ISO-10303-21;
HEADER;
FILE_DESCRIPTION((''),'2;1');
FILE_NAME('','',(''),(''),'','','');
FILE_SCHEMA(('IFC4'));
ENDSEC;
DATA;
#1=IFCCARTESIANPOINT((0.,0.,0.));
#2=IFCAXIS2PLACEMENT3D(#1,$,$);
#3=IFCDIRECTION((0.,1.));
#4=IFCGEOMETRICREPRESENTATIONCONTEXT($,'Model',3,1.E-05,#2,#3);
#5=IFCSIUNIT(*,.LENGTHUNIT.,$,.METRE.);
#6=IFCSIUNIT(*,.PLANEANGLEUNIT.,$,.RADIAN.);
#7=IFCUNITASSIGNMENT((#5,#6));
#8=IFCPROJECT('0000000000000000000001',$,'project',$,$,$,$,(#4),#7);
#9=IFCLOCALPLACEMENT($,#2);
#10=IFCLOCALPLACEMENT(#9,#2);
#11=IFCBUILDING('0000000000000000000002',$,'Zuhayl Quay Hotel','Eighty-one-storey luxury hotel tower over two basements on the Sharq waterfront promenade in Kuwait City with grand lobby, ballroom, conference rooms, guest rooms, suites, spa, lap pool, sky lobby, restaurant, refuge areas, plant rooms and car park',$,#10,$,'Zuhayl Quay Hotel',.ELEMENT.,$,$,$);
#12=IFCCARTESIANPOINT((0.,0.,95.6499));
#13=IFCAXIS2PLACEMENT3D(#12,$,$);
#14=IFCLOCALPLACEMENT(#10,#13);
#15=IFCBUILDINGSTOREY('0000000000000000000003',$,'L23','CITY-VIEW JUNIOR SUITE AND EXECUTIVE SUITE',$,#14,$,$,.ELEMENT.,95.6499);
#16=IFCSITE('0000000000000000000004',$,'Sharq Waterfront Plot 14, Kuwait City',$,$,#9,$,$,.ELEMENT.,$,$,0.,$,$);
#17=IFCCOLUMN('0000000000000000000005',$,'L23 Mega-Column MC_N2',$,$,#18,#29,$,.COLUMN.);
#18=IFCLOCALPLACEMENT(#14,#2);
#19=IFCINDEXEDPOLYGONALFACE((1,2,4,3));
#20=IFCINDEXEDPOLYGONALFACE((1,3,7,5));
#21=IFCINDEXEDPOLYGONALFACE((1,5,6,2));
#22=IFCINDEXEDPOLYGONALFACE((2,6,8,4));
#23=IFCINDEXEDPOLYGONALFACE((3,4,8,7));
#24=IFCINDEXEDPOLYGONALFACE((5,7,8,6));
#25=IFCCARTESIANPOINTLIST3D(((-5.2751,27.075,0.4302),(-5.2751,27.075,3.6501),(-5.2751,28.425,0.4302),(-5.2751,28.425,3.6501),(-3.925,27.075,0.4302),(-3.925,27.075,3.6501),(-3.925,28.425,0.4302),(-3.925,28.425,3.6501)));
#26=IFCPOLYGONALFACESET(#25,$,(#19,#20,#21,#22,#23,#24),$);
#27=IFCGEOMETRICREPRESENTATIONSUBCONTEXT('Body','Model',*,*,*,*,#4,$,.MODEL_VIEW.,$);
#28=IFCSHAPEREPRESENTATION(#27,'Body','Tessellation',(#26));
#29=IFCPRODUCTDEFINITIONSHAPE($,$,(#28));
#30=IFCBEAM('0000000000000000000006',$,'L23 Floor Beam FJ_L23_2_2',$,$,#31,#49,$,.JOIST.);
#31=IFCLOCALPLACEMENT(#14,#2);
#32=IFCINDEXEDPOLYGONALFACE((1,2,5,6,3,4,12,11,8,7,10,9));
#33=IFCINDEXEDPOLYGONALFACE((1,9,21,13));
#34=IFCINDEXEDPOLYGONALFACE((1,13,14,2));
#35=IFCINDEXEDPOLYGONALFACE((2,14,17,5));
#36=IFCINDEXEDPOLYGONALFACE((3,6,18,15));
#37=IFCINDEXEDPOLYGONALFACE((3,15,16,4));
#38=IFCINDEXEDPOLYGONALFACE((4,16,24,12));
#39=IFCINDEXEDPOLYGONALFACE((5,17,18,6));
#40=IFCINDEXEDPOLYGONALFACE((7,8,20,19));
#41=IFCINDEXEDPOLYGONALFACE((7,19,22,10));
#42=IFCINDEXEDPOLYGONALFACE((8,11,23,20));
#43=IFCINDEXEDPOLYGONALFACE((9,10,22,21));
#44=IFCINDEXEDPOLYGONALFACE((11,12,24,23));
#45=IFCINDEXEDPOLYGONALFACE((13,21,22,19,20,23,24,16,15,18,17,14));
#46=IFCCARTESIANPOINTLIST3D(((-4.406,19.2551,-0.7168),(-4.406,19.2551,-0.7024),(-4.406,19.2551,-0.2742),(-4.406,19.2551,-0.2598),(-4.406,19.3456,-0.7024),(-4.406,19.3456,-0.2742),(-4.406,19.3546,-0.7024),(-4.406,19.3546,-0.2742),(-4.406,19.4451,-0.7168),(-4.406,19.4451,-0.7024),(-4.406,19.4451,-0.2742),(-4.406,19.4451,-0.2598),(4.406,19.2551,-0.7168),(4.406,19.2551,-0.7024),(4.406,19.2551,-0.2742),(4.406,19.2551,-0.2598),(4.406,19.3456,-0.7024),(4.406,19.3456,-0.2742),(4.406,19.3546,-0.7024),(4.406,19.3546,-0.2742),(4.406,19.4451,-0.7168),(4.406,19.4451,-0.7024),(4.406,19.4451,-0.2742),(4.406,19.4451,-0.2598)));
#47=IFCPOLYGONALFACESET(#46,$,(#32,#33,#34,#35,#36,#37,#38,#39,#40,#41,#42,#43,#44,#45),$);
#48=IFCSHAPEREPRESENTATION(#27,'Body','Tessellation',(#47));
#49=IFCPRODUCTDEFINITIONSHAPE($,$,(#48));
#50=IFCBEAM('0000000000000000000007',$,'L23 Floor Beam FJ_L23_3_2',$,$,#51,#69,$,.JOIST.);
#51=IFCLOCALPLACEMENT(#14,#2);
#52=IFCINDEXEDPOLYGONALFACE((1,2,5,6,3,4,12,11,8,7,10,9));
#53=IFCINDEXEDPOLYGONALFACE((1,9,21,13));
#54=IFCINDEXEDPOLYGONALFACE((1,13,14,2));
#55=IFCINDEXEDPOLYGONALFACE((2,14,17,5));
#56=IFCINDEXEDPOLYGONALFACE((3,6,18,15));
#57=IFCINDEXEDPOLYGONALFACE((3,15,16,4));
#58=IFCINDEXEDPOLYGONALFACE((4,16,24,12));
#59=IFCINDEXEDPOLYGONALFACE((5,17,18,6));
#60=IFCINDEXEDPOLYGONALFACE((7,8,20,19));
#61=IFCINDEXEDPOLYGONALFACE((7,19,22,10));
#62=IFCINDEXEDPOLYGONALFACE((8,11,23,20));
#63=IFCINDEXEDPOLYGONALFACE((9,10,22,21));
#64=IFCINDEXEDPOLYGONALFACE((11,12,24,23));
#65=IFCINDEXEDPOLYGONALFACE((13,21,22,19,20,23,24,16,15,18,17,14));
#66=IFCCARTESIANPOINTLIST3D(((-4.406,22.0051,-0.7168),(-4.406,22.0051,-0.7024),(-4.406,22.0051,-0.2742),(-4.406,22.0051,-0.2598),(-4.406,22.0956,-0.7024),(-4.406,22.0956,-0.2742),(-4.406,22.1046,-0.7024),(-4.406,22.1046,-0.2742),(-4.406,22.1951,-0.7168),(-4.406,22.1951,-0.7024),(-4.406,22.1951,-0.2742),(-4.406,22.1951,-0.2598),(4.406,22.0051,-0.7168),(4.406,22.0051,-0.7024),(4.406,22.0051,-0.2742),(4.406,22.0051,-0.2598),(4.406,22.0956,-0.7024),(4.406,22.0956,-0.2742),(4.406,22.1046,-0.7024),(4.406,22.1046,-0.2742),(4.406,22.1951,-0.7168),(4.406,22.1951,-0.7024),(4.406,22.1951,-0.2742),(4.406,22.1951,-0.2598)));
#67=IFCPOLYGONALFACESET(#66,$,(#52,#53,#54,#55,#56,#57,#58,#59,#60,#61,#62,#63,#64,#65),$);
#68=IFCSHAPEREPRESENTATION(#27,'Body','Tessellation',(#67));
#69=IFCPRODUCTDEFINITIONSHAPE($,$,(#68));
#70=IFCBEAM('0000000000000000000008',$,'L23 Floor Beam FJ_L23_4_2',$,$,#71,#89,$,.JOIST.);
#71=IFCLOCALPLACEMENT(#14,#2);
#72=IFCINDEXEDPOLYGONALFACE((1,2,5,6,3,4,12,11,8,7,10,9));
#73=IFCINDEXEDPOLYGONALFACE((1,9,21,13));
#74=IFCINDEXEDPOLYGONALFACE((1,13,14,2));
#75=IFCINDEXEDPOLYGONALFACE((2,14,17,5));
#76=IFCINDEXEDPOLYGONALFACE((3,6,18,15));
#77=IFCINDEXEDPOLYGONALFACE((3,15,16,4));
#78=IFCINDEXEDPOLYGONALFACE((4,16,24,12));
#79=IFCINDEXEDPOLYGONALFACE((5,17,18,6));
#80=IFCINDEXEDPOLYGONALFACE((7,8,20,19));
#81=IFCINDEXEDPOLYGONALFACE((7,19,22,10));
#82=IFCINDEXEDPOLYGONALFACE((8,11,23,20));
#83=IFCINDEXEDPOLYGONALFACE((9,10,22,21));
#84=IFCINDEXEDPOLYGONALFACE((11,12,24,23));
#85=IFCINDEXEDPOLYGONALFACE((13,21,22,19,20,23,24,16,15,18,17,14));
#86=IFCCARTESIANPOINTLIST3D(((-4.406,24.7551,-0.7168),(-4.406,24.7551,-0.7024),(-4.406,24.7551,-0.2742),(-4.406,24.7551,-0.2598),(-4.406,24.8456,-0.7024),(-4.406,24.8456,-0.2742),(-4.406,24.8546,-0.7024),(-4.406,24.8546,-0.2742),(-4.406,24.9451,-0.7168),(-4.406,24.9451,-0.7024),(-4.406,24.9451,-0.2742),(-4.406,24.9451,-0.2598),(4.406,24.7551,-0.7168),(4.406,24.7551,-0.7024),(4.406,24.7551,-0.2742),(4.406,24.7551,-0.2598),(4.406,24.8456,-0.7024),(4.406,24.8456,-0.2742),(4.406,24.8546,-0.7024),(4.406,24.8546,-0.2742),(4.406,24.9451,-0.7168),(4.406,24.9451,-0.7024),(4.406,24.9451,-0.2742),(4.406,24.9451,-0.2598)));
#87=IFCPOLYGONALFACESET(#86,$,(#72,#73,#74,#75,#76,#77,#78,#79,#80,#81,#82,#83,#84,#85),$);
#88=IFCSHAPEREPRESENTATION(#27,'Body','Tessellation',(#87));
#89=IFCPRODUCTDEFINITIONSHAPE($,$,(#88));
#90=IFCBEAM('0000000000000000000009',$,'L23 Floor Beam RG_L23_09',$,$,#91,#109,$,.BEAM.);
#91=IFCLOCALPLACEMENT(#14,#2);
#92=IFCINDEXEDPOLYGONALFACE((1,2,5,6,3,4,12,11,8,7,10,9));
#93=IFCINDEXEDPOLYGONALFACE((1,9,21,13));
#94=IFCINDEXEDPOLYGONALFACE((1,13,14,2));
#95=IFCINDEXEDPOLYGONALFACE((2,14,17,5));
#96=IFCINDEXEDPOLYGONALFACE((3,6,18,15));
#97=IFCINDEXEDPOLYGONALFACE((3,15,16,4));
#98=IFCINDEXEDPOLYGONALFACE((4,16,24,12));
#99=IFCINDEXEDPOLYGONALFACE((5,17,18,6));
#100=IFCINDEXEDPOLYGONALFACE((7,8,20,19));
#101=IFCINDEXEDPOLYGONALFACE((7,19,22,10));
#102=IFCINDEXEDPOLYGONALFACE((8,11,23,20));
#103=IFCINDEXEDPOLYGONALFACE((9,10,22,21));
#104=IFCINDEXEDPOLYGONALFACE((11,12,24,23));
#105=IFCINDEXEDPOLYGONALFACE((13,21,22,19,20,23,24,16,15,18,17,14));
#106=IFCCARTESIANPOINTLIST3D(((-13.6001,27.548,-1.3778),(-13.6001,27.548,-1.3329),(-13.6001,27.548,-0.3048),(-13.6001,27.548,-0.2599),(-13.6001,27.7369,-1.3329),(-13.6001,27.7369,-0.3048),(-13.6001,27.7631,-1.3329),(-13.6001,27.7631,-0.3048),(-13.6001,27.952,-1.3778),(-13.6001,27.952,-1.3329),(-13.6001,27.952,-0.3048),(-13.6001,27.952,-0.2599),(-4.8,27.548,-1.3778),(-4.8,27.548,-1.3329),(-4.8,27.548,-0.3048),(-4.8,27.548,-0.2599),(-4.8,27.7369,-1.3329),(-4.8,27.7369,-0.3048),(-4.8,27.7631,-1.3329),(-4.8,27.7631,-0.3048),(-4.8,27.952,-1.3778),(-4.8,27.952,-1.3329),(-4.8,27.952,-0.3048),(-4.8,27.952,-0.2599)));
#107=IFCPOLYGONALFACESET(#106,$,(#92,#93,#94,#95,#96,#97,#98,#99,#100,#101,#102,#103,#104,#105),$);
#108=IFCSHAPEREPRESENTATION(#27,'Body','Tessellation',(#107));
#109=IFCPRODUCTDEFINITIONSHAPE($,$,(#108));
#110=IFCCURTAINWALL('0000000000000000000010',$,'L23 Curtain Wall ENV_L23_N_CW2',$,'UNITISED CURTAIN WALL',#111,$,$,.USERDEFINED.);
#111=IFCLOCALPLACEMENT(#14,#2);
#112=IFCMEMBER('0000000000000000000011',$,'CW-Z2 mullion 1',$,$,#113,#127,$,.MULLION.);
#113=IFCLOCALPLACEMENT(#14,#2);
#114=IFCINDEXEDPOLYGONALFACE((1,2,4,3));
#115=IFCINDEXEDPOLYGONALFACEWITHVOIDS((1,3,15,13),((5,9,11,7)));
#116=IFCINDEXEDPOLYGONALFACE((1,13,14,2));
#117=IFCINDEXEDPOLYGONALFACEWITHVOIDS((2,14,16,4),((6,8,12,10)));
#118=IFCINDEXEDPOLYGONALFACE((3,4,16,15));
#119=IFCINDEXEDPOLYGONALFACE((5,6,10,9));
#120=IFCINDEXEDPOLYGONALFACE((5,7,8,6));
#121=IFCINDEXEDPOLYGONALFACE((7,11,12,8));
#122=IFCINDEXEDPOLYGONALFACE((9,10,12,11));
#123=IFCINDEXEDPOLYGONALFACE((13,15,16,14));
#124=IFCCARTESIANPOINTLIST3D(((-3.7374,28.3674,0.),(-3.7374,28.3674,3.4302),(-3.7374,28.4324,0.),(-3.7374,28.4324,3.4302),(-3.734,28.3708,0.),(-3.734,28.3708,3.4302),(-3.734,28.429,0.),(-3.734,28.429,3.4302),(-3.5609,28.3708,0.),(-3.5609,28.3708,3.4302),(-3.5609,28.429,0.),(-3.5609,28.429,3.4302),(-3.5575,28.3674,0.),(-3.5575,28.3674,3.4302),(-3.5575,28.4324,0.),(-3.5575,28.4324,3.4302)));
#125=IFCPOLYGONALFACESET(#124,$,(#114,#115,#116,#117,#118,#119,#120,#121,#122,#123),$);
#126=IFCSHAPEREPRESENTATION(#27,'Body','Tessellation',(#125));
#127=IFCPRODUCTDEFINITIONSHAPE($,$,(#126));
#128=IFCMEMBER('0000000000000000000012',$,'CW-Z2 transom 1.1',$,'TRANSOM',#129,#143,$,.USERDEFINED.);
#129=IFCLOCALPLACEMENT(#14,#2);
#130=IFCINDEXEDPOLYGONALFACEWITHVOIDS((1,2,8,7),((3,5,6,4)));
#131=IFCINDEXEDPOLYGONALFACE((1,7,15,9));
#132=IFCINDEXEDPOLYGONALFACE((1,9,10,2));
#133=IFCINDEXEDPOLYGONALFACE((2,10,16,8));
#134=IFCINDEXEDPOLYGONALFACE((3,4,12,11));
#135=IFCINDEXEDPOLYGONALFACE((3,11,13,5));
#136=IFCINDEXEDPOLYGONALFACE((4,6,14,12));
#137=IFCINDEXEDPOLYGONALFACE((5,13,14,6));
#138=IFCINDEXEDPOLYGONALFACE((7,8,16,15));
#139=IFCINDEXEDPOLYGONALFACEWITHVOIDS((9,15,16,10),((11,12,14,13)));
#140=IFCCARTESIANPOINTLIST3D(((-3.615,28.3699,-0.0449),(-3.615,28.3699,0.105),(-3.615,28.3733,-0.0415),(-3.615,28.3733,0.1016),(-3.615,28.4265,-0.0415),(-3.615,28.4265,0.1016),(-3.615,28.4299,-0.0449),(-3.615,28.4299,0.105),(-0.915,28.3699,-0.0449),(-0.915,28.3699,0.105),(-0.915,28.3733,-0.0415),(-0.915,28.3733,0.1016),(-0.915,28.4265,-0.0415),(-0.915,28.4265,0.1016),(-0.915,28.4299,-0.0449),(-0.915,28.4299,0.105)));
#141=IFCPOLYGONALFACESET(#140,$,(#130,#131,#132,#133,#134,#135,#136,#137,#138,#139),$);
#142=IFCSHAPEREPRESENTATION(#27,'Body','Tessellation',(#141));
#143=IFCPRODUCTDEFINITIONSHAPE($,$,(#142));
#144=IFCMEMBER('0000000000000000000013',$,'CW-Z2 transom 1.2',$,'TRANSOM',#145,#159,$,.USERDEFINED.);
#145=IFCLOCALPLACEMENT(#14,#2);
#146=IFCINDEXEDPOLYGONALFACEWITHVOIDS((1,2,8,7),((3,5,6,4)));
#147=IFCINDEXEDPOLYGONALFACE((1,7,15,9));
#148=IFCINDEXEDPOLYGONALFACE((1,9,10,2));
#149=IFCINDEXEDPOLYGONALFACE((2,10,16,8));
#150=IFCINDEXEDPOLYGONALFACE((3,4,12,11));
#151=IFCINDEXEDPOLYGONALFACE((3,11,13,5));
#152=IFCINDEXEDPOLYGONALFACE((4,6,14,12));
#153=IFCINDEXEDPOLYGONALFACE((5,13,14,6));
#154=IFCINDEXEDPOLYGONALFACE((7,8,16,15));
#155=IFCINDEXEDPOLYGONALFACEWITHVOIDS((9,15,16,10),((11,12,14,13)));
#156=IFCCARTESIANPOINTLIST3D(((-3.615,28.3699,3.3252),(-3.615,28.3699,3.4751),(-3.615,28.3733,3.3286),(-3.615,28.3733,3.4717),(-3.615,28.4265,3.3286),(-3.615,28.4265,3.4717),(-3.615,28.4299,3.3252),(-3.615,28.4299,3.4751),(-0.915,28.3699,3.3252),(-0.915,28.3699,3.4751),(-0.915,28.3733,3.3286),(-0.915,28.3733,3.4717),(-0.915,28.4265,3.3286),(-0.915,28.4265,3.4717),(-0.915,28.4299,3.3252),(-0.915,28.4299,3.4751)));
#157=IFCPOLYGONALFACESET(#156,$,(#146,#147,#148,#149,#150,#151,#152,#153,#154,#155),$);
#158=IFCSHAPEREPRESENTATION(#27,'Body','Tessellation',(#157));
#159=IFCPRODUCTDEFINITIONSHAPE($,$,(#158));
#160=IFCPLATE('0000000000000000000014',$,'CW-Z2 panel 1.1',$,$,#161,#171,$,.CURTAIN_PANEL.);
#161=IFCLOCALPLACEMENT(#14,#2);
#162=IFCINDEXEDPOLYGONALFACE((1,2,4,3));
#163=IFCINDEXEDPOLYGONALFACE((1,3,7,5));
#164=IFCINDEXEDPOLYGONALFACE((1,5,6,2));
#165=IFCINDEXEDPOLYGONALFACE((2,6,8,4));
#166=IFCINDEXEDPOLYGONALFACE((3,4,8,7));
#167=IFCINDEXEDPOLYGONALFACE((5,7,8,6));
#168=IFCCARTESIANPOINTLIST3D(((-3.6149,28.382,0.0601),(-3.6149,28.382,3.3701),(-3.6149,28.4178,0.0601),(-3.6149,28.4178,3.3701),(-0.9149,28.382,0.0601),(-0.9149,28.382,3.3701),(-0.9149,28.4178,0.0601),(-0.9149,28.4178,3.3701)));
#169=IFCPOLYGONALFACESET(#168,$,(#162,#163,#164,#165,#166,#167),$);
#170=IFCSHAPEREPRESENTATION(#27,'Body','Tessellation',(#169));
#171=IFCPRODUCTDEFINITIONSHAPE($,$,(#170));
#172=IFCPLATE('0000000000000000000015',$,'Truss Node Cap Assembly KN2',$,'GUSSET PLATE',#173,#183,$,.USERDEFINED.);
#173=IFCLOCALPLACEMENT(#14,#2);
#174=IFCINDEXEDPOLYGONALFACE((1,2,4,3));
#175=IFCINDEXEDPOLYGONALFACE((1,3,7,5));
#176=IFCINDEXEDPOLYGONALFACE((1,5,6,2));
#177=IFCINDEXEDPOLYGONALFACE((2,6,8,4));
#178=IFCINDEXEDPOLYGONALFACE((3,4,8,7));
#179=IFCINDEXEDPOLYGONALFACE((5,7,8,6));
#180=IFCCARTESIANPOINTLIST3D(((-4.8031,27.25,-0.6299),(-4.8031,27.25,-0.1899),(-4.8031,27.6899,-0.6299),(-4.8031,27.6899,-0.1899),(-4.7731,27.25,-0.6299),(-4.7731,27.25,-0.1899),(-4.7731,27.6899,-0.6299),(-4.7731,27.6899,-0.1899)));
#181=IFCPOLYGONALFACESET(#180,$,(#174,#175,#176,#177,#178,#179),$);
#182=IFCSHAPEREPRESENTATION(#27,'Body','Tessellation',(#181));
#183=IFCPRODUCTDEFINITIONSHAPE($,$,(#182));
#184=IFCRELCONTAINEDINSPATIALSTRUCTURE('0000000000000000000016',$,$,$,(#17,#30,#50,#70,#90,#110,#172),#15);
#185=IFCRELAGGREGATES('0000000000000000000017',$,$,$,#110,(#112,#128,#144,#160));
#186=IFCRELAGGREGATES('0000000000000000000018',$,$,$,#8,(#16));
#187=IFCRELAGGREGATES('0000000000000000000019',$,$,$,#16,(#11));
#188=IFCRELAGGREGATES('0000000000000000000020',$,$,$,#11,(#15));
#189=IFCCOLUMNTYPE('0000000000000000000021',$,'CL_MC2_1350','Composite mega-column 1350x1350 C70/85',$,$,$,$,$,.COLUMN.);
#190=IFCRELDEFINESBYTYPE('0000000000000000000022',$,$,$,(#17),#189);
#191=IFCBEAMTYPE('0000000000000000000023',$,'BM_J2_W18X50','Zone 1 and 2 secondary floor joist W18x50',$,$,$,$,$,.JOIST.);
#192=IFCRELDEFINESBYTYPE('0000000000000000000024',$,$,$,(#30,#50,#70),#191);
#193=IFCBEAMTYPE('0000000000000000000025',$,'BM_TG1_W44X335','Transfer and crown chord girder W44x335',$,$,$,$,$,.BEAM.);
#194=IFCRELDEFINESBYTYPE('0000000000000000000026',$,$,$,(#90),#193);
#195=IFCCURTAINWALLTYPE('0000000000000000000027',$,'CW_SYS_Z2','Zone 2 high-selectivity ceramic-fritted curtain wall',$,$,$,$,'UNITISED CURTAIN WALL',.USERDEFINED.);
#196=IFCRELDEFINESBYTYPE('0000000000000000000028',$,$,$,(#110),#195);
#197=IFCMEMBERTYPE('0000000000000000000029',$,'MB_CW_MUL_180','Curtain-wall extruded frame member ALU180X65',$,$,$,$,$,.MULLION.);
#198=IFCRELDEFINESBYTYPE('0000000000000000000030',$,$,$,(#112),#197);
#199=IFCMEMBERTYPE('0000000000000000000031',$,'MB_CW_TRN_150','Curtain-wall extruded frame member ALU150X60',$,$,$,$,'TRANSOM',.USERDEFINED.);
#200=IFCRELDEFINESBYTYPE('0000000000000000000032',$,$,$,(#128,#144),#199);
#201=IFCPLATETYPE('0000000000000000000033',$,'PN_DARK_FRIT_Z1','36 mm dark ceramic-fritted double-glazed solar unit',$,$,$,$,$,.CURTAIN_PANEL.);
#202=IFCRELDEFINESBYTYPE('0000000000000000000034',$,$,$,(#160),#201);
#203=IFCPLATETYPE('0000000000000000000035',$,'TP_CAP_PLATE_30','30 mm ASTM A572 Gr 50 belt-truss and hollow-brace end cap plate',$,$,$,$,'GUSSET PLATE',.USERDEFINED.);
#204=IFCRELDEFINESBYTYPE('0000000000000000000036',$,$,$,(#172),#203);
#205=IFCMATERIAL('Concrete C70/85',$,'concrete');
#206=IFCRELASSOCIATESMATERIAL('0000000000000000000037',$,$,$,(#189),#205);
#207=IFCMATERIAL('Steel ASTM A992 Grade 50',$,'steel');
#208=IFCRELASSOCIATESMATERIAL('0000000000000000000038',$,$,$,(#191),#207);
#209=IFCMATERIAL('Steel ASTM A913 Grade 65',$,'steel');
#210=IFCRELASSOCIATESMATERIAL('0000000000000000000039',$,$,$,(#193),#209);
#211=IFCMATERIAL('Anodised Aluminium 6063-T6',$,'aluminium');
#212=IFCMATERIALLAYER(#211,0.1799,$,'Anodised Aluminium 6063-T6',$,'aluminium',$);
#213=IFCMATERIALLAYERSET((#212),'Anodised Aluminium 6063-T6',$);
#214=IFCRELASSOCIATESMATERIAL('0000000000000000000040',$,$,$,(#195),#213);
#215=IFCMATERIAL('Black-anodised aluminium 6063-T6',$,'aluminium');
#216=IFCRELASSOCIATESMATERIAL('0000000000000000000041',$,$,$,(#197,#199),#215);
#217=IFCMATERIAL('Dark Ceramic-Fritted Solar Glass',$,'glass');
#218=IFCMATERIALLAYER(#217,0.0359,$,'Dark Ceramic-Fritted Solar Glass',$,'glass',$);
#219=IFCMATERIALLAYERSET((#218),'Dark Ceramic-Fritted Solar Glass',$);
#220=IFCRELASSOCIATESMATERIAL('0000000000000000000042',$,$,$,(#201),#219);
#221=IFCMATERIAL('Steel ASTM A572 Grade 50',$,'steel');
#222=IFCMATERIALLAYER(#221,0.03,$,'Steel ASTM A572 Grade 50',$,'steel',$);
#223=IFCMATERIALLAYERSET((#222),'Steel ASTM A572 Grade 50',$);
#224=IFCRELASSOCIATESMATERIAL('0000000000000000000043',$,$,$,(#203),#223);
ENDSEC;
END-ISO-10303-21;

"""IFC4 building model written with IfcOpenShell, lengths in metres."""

from ifc_helpers import new_model, si_unit, direction, frame, origin, origin_2d, place, context, subcontext, project, spatial, rectangle, hollow_rectangle, i_section, extrude, material, layer, layer_set, material_profile, profile_set, type_object, element, aggregate, save


model = new_model("IFC4")

# Units and contexts
model_context = context("Model", 3, precision=1e-05, world=origin(), true_north=direction((0.0, 1.0)))
body_context = subcontext(model_context, "Body", "Model", "MODEL_VIEW")
ifc_project = project(units=[si_unit("LENGTHUNIT", "METRE"), si_unit("PLANEANGLEUNIT", "RADIAN")], contexts=[model_context])

# Site, building, storey
site_placement = place(None, origin())
site = spatial("IfcSite", under=ifc_project, at=site_placement, Name="Sharq Waterfront Plot 14, Kuwait City", CompositionType="ELEMENT", RefElevation=0.0)
building_placement = place(site_placement, origin())
building = spatial("IfcBuilding", under=site, at=building_placement, Name="Zuhayl Quay Hotel", Description="Eighty-one-storey luxury hotel tower over two basements on the Sharq waterfront promenade in Kuwait City with grand lobby, ballroom, conference rooms, guest rooms, suites, spa, lap pool, sky lobby, restaurant, refuge areas, plant rooms and car park", LongName="Zuhayl Quay Hotel", CompositionType="ELEMENT")
storey_placement = place(building_placement, frame((0.0, 0.0, 95.6499)))
storey = spatial("IfcBuildingStorey", under=building, at=storey_placement, Name="L23", Description="CITY-VIEW JUNIOR SUITE AND EXECUTIVE SUITE", CompositionType="ELEMENT", Elevation=95.6499)

# Column
ifc_material_1 = material(Name="Concrete C70/85", Category="concrete")
ifc_material_profile_1 = material_profile(ifc_material_1, rectangle(XDim=1.3501, YDim=1.3501, at=origin_2d()), Name="RC1350X1350")
ifc_profile_set_1 = profile_set([ifc_material_profile_1], Name="Concrete C70/85")
column_type = type_object("IfcColumnType", Name="CL_MC2_1350", Description="Composite mega-column 1350x1350 C70/85", PredefinedType="COLUMN", material=ifc_profile_set_1)
column_placement = place(storey_placement, frame((-4.6001, 27.75, 0.4302), z_axis=(0.0, 0.0, 1.0), x_axis=(1.0, 0.0, 0.0)))
element("IfcColumn", 1, at=column_placement, inside=storey, type_object=column_type, Name="L23 Mega-Column MC_N2", PredefinedType="COLUMN", context=body_context, shape_type="SweptSolid", body=[
    extrude(rectangle(XDim=1.3501, YDim=1.3501, at=origin_2d()), origin(), (0.0, 0.0, 1.0), 3.22),
])

# Beams
ifc_material_2 = material(Name="Steel ASTM A992 Grade 50", Category="steel")
ifc_material_profile_2 = material_profile(ifc_material_2, i_section(OverallWidth=0.1899, OverallDepth=0.457, WebThickness=0.009, FlangeThickness=0.0144, at=origin_2d()), Name="W18X50")
ifc_profile_set_2 = profile_set([ifc_material_profile_2], Name="Steel ASTM A992 Grade 50")
beam_type_1 = type_object("IfcBeamType", Name="BM_J2_W18X50", Description="Zone 1 and 2 secondary floor joist W18x50", PredefinedType="JOIST", material=ifc_profile_set_2)
for number, where, z_axis, x_axis, name in (
    (2, (-4.406, 19.3501, -0.4883), (1.0, 0.0, 0.0), (0.0, 1.0, 0.0), "L23 Floor Beam FJ_L23_2_2"),
    (3, (-4.406, 22.1001, -0.4883), (1.0, 0.0, 0.0), (0.0, 1.0, 0.0), "L23 Floor Beam FJ_L23_3_2"),
    (4, (-4.406, 24.8501, -0.4883), (1.0, 0.0, 0.0), (0.0, 1.0, 0.0), "L23 Floor Beam FJ_L23_4_2"),
):
    element("IfcBeam", number, at=place(storey_placement, frame(where, z_axis=z_axis, x_axis=x_axis)), inside=storey, type_object=beam_type_1, Name=name, PredefinedType="JOIST", context=body_context, shape_type="SweptSolid", body=[
        extrude(i_section(OverallWidth=0.1899, OverallDepth=0.457, WebThickness=0.009, FlangeThickness=0.0144, at=origin_2d()), origin(), (0.0, 0.0, 1.0), 8.812),
    ])
ifc_material_3 = material(Name="Steel ASTM A913 Grade 65", Category="steel")
ifc_material_profile_3 = material_profile(ifc_material_3, i_section(OverallWidth=0.4041, OverallDepth=1.1179, WebThickness=0.0261, FlangeThickness=0.0449, at=origin_2d()), Name="W44X335")
ifc_profile_set_3 = profile_set([ifc_material_profile_3], Name="Steel ASTM A913 Grade 65")
beam_type_2 = type_object("IfcBeamType", Name="BM_TG1_W44X335", Description="Transfer and crown chord girder W44x335", PredefinedType="BEAM", material=ifc_profile_set_3)
beam_placement = place(storey_placement, frame((-4.8, 27.75, -0.8188), z_axis=(-1.0, 0.0, 0.0), x_axis=(0.0, -1.0, 0.0)))
element("IfcBeam", 5, at=beam_placement, inside=storey, type_object=beam_type_2, Name="L23 Floor Beam RG_L23_09", PredefinedType="BEAM", context=body_context, shape_type="SweptSolid", body=[
    extrude(i_section(OverallWidth=0.4041, OverallDepth=1.1179, WebThickness=0.0261, FlangeThickness=0.0449, at=origin_2d()), origin(), (0.0, 0.0, 1.0), 8.8),
])

# Curtain wall, members, plate
ifc_material_4 = material(Name="Anodised Aluminium 6063-T6", Category="aluminium")
ifc_layer_1 = layer(ifc_material_4, 0.1799, Name="Anodised Aluminium 6063-T6", Category="aluminium")
ifc_layer_set_1 = layer_set([ifc_layer_1], Name="Anodised Aluminium 6063-T6")
curtain_wall_type = type_object("IfcCurtainWallType", Name="CW_SYS_Z2", Description="Zone 2 high-selectivity ceramic-fritted curtain wall", ElementType="UNITISED CURTAIN WALL", PredefinedType="USERDEFINED", material=ifc_layer_set_1)
curtain_wall_placement = place(storey_placement, origin())
curtain_wall = element("IfcCurtainWall", 6, at=curtain_wall_placement, inside=storey, type_object=curtain_wall_type, Name="L23 Curtain Wall ENV_L23_N_CW2", ObjectType="UNITISED CURTAIN WALL", PredefinedType="USERDEFINED")
ifc_material_5 = material(Name="Black-anodised aluminium 6063-T6", Category="aluminium")
ifc_material_profile_4 = material_profile(ifc_material_5, hollow_rectangle(XDim=0.0649, YDim=0.1799, WallThickness=0.0034, at=origin_2d()), Name="ALU180X65")
ifc_profile_set_4 = profile_set([ifc_material_profile_4], Name="Black-anodised aluminium 6063-T6")
member_type_1 = type_object("IfcMemberType", Name="MB_CW_MUL_180", Description="Curtain-wall extruded frame member ALU180X65", PredefinedType="MULLION", material=ifc_profile_set_4)
member_1_placement = place(storey_placement, frame((-3.6475, 28.3999, 0.0), z_axis=(0.0, 0.0, 1.0), x_axis=(0.0, 1.0, 0.0)))
member_1 = element("IfcMember", 7, at=member_1_placement, type_object=member_type_1, Name="CW-Z2 mullion 1", PredefinedType="MULLION", context=body_context, shape_type="SweptSolid", body=[
    extrude(hollow_rectangle(XDim=0.0649, YDim=0.1799, WallThickness=0.0034, at=origin_2d()), origin(), (0.0, 0.0, 1.0), 3.4302),
])
ifc_material_profile_5 = material_profile(ifc_material_5, hollow_rectangle(XDim=0.0601, YDim=0.1499, WallThickness=0.0034, at=origin_2d()), Name="ALU150X60")
ifc_profile_set_5 = profile_set([ifc_material_profile_5], Name="Black-anodised aluminium 6063-T6")
member_type_2 = type_object("IfcMemberType", Name="MB_CW_TRN_150", Description="Curtain-wall extruded frame member ALU150X60", ElementType="TRANSOM", PredefinedType="USERDEFINED", material=ifc_profile_set_5)
member_2_placement = place(storey_placement, frame((-3.615, 28.3999, 0.03), z_axis=(1.0, 0.0, 0.0), x_axis=(0.0, 1.0, 0.0)))
member_2 = element("IfcMember", 8, at=member_2_placement, type_object=member_type_2, Name="CW-Z2 transom 1.1", ObjectType="TRANSOM", PredefinedType="USERDEFINED", context=body_context, shape_type="SweptSolid", body=[
    extrude(hollow_rectangle(XDim=0.0601, YDim=0.1499, WallThickness=0.0034, at=origin_2d()), origin(), (0.0, 0.0, 1.0), 2.7),
])
member_3_placement = place(storey_placement, frame((-3.615, 28.3999, 3.4001), z_axis=(1.0, 0.0, 0.0), x_axis=(0.0, 1.0, 0.0)))
member_3 = element("IfcMember", 9, at=member_3_placement, type_object=member_type_2, Name="CW-Z2 transom 1.2", ObjectType="TRANSOM", PredefinedType="USERDEFINED", context=body_context, shape_type="SweptSolid", body=[
    extrude(hollow_rectangle(XDim=0.0601, YDim=0.1499, WallThickness=0.0034, at=origin_2d()), origin(), (0.0, 0.0, 1.0), 2.7),
])
ifc_material_6 = material(Name="Dark Ceramic-Fritted Solar Glass", Category="glass")
ifc_layer_2 = layer(ifc_material_6, 0.0359, Name="Dark Ceramic-Fritted Solar Glass", Category="glass")
ifc_layer_set_2 = layer_set([ifc_layer_2], Name="Dark Ceramic-Fritted Solar Glass")
plate_type_1 = type_object("IfcPlateType", Name="PN_DARK_FRIT_Z1", Description="36 mm dark ceramic-fritted double-glazed solar unit", PredefinedType="CURTAIN_PANEL", material=ifc_layer_set_2)
plate_1_placement = place(storey_placement, frame((-2.2649, 28.3999, 0.0601), z_axis=(0.0, 0.0, 1.0), x_axis=(1.0, 0.0, 0.0)))
plate_1 = element("IfcPlate", 10, at=plate_1_placement, type_object=plate_type_1, Name="CW-Z2 panel 1.1", PredefinedType="CURTAIN_PANEL", context=body_context, shape_type="SweptSolid", body=[
    extrude(rectangle(XDim=2.7, YDim=0.0359, at=origin_2d()), origin(), (0.0, 0.0, 1.0), 3.3101),
])
aggregate(curtain_wall, [member_1, member_2, member_3, plate_1])

# Plate
ifc_material_7 = material(Name="Steel ASTM A572 Grade 50", Category="steel")
ifc_layer_3 = layer(ifc_material_7, 0.03, Name="Steel ASTM A572 Grade 50", Category="steel")
ifc_layer_set_3 = layer_set([ifc_layer_3], Name="Steel ASTM A572 Grade 50")
plate_type_2 = type_object("IfcPlateType", Name="TP_CAP_PLATE_30", Description="30 mm ASTM A572 Gr 50 belt-truss and hollow-brace end cap plate", ElementType="GUSSET PLATE", PredefinedType="USERDEFINED", material=ifc_layer_set_3)
plate_2_placement = place(storey_placement, frame((-4.7881, 27.47, -0.6299), z_axis=(0.0, 0.0, 1.0), x_axis=(1.0, 0.0, 0.0)))
element("IfcPlate", 11, at=plate_2_placement, inside=storey, type_object=plate_type_2, Name="Truss Node Cap Assembly KN2", ObjectType="GUSSET PLATE", PredefinedType="USERDEFINED", context=body_context, shape_type="SweptSolid", body=[
    extrude(rectangle(XDim=0.03, YDim=0.4399, at=origin_2d()), origin(), (0.0, 0.0, 1.0), 0.4399),
])

save(model, "model.ifc")
